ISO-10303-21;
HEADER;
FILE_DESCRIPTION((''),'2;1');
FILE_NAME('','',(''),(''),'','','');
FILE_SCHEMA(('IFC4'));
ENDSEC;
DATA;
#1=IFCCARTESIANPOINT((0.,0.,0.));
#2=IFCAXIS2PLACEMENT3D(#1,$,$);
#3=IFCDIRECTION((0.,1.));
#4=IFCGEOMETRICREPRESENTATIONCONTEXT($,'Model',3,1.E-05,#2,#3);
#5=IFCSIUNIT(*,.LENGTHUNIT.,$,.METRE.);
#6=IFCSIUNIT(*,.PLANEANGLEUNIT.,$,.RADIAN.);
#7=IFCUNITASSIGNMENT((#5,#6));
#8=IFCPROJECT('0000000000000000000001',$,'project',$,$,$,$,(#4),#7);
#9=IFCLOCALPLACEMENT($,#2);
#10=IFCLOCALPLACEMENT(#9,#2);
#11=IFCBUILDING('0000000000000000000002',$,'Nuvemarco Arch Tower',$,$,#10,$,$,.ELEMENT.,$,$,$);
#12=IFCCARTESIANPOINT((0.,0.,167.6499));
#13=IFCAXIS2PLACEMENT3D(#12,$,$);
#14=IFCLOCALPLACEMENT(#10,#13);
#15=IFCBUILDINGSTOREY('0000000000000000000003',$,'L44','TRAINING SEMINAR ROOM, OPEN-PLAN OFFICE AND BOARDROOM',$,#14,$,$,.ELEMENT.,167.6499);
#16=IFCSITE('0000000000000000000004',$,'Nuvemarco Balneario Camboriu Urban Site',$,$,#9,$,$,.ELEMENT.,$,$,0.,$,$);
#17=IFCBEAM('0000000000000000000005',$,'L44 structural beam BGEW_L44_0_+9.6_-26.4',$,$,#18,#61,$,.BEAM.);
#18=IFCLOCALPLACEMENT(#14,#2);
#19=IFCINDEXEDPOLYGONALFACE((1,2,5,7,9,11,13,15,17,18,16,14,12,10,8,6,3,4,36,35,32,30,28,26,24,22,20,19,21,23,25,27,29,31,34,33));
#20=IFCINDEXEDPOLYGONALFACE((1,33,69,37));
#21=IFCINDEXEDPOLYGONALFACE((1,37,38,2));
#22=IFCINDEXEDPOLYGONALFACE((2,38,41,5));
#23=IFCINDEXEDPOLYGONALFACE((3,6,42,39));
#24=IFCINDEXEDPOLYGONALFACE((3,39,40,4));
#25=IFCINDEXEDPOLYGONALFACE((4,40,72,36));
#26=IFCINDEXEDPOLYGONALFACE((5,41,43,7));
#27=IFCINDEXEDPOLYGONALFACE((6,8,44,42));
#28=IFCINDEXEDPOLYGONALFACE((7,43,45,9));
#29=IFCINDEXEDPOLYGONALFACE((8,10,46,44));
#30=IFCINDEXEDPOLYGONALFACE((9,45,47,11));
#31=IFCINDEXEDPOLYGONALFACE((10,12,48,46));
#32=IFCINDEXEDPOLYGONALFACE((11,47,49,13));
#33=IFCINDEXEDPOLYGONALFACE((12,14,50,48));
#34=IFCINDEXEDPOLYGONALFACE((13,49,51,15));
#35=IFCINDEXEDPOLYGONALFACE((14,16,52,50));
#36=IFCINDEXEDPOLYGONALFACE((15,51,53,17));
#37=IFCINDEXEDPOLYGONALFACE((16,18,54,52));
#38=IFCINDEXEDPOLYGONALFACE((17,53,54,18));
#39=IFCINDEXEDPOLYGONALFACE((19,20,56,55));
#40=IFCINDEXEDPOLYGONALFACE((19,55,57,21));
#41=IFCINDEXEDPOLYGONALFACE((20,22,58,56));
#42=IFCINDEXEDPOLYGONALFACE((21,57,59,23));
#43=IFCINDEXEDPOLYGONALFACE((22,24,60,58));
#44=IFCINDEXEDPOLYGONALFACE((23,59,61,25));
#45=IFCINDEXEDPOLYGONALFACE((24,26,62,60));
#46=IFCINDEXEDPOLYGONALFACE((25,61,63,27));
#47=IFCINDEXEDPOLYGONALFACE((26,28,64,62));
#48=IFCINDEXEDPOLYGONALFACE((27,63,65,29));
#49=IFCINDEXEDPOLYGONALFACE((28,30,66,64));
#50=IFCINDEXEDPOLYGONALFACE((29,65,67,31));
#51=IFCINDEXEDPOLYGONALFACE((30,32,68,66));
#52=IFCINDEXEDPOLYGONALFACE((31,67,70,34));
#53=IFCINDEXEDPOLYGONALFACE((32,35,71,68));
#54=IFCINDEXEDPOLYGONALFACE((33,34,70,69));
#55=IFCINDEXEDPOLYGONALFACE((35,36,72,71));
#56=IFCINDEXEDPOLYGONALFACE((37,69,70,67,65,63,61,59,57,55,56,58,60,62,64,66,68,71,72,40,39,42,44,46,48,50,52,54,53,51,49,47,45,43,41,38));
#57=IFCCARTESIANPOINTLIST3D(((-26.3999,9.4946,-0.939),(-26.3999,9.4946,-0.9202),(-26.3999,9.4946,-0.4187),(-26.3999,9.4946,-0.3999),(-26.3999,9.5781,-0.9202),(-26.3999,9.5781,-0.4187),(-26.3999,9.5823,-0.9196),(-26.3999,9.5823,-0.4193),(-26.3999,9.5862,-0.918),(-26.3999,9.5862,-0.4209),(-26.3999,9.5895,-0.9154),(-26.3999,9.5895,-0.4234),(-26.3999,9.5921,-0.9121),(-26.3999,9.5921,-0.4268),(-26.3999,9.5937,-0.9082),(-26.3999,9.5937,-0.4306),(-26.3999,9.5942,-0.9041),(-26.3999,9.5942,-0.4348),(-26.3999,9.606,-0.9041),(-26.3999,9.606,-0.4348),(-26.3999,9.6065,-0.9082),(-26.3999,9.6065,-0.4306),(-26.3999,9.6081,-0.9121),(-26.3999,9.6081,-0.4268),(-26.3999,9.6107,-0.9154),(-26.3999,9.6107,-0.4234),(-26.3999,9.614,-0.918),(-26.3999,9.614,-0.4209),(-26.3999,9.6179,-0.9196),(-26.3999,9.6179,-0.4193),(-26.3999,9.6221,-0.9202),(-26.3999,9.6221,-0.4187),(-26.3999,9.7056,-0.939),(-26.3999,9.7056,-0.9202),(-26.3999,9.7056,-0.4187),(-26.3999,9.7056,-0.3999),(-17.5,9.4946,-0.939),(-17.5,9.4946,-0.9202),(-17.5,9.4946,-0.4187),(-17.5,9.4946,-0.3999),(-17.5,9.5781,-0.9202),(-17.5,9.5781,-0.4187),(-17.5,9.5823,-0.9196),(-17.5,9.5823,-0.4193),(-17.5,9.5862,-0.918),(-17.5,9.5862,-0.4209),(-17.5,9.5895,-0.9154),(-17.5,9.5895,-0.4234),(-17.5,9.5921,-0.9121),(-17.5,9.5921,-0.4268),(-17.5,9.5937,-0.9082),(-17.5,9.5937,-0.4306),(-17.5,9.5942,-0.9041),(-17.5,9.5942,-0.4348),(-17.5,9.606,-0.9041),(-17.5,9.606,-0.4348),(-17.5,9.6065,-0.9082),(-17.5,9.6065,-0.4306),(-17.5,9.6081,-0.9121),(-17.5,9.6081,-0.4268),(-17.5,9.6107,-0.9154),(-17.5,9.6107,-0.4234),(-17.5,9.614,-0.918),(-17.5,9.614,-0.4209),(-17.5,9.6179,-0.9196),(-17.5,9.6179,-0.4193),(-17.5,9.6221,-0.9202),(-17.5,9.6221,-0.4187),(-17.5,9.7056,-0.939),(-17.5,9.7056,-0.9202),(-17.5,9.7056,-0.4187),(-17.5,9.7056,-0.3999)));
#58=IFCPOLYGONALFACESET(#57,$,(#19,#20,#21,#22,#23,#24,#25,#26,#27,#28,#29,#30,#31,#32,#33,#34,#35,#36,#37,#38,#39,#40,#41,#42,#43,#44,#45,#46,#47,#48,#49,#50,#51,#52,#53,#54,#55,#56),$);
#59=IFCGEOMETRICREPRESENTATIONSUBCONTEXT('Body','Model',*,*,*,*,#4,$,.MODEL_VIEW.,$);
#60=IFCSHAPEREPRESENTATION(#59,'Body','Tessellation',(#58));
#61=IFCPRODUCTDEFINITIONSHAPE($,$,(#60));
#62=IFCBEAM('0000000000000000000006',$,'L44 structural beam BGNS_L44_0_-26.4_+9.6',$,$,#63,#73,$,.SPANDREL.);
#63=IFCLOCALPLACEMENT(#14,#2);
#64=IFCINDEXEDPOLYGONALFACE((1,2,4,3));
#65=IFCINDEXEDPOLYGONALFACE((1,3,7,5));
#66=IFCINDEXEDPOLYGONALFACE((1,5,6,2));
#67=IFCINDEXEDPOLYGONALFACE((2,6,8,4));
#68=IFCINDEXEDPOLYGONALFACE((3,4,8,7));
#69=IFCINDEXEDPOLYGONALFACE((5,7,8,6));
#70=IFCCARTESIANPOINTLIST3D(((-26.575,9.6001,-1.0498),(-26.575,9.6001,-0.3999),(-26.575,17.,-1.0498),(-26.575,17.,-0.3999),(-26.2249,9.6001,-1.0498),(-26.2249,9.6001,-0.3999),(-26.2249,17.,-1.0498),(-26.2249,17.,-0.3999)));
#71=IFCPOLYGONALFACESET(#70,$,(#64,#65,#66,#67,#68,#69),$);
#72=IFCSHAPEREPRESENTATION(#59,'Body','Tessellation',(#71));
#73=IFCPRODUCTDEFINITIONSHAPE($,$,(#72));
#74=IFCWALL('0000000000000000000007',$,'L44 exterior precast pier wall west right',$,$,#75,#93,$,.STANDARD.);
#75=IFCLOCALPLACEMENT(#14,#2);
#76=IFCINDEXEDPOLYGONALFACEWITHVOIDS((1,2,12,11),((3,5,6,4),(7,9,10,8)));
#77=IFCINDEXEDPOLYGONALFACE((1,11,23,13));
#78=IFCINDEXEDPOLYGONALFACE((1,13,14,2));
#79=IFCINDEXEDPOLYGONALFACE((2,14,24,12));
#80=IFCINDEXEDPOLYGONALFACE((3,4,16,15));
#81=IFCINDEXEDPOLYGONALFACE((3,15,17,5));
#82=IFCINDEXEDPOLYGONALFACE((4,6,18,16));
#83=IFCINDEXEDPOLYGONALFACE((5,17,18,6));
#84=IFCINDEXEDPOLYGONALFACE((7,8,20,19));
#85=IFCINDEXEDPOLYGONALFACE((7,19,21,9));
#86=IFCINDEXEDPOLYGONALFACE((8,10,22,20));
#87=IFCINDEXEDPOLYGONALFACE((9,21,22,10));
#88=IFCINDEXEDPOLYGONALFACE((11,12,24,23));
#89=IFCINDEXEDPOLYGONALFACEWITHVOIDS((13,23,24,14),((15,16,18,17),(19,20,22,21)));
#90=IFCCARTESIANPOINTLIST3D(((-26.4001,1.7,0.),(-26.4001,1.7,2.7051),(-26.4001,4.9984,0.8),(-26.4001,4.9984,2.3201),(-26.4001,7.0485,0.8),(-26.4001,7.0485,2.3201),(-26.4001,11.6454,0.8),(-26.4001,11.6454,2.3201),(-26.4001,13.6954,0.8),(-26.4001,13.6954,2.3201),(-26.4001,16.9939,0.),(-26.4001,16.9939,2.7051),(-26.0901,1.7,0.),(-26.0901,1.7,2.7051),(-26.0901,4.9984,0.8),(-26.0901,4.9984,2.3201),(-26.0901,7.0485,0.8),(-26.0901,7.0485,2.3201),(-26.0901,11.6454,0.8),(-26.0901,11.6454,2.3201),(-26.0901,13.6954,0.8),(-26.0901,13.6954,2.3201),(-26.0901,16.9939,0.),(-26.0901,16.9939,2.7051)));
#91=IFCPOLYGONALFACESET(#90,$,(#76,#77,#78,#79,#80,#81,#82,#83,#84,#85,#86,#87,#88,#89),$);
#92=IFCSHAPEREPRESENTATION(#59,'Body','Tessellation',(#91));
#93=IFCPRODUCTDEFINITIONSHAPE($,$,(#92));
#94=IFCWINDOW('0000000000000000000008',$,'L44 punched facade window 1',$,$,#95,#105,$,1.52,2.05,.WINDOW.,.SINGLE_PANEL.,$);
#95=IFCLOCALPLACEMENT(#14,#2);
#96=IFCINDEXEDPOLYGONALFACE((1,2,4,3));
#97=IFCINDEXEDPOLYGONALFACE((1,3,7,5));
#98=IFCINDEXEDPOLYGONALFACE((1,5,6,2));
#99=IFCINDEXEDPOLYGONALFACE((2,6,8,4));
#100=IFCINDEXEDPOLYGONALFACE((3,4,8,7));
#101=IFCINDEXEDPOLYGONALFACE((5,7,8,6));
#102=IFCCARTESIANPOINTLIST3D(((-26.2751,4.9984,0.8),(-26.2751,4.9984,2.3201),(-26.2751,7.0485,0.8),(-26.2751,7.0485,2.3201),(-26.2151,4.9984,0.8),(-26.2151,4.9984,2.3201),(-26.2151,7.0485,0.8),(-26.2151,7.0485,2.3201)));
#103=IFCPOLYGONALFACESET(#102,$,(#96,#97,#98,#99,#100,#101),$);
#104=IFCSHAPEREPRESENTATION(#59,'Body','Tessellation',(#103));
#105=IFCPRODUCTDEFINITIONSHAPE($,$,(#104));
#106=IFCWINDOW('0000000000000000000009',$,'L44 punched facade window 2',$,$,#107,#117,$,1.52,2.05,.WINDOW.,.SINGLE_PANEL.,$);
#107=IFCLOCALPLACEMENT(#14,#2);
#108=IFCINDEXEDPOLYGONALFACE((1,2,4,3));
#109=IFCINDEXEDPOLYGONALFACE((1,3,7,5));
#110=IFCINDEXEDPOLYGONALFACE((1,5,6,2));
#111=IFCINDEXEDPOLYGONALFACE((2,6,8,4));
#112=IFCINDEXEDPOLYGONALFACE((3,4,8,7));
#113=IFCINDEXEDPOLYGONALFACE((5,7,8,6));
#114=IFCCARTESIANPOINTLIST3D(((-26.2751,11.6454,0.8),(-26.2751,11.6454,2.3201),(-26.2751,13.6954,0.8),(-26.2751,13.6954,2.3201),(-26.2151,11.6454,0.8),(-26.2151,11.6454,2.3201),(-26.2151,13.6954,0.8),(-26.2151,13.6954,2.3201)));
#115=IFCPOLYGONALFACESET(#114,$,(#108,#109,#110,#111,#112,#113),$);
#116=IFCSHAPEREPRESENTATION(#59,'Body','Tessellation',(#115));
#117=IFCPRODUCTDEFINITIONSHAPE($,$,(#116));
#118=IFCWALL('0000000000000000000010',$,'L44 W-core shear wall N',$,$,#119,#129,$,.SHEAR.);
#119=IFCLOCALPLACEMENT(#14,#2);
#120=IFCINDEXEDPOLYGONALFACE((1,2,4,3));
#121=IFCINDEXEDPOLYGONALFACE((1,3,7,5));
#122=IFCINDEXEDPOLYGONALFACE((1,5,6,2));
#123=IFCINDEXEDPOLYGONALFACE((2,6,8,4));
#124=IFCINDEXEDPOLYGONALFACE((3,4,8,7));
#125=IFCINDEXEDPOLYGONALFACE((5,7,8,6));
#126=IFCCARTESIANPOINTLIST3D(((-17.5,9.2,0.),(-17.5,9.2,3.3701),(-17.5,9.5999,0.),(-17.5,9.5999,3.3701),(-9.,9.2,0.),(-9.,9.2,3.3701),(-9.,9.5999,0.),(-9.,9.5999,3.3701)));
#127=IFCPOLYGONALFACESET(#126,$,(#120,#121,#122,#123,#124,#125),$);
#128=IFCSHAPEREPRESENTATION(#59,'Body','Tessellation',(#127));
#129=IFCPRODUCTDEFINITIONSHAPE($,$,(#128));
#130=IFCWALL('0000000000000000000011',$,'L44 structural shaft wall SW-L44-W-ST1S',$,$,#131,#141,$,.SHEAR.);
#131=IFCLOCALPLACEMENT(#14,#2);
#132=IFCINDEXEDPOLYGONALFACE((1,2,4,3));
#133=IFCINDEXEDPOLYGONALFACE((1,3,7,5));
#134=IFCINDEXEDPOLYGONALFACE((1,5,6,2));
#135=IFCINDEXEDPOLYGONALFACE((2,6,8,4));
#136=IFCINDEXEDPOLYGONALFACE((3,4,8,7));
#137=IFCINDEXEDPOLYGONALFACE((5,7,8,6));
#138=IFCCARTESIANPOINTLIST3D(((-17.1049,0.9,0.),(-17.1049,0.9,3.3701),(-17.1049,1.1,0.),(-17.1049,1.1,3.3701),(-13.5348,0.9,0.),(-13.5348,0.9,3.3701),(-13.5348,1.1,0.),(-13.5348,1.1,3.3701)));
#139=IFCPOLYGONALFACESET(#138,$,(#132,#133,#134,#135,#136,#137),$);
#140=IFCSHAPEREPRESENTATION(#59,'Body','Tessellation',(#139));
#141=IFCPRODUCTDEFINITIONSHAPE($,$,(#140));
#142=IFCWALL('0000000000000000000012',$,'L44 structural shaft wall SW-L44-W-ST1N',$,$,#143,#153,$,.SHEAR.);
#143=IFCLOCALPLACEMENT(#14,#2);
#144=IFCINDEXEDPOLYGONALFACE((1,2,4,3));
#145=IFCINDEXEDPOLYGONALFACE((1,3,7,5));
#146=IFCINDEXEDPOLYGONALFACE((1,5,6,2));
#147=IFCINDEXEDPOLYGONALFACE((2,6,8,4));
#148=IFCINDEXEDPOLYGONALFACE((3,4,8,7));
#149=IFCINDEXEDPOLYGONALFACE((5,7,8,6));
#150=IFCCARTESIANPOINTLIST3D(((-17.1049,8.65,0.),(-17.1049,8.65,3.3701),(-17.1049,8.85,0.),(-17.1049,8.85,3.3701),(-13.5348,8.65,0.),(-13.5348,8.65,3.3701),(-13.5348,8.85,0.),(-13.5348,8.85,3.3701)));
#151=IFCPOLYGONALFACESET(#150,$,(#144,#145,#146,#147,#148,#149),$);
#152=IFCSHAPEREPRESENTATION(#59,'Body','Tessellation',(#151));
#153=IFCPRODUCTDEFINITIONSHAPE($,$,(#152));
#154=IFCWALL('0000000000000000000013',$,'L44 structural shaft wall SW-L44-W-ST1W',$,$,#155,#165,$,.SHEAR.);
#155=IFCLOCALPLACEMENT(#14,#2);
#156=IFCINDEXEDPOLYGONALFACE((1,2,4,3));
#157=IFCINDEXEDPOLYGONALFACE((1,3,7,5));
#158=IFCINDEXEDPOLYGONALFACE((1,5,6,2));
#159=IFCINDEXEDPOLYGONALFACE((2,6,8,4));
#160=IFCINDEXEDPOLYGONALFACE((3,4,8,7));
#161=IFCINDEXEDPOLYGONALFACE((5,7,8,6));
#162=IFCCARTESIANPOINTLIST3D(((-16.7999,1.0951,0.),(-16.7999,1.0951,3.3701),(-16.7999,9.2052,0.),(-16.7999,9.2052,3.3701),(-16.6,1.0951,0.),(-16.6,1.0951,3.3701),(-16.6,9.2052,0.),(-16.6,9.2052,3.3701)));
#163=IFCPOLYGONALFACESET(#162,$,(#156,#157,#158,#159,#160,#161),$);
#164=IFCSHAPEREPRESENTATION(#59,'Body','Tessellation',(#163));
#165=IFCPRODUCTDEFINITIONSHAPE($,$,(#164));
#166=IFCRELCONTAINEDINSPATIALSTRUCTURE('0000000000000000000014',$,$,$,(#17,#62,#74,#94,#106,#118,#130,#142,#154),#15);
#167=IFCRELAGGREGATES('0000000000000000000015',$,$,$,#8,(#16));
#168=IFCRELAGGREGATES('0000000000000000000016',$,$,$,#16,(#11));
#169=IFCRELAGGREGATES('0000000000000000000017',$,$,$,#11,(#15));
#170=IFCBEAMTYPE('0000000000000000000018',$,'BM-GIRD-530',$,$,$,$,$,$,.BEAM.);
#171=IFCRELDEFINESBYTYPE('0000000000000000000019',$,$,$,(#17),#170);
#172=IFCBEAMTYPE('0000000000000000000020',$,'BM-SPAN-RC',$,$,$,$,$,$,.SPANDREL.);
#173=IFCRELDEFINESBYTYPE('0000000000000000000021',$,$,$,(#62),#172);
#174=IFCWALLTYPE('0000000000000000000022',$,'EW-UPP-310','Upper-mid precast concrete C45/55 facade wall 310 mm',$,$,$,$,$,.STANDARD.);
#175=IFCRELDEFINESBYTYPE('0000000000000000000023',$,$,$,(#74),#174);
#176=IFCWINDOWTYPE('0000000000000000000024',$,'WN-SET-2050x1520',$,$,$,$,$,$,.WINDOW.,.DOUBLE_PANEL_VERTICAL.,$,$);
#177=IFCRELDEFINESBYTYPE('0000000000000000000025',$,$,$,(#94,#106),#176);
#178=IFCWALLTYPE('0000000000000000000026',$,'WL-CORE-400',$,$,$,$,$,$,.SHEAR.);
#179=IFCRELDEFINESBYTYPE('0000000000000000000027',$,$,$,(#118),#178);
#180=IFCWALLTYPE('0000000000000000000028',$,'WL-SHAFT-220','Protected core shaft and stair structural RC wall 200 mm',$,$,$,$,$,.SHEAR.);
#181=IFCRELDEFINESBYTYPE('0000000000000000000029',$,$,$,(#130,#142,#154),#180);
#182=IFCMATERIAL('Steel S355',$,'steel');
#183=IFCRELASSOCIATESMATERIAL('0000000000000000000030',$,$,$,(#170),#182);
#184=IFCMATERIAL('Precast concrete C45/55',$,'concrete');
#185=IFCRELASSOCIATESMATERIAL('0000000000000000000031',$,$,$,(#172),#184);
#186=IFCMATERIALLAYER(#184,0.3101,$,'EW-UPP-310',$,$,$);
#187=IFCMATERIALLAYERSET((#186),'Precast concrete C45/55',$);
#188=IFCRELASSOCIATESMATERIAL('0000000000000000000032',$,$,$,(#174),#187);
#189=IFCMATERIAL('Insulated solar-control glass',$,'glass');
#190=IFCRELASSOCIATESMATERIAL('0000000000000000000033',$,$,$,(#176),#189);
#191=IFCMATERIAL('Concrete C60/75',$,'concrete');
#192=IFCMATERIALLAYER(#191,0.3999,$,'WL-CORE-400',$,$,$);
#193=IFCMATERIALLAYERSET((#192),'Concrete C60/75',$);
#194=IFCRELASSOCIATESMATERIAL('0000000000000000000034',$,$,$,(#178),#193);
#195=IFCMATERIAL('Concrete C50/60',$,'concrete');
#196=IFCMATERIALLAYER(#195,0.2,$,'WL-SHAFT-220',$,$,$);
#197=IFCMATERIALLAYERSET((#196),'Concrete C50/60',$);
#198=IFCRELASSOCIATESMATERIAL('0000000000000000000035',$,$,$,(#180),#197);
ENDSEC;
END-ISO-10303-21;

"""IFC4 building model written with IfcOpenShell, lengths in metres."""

from ifc_helpers import new_model, si_unit, direction, frame, frame_2d, origin, origin_2d, place, context, subcontext, project, spatial, rectangle, i_section, extrude, source, transform, mapped, material, layer, layer_set, material_profile, profile_set, type_object, type_shapes, element, fill, save


model = new_model("IFC4")

# Units and contexts
model_context = context("Model", 3, precision=1e-05, world=origin(), true_north=direction((0.0, 1.0)))
body_context = subcontext(model_context, "Body", "Model", "MODEL_VIEW")
ifc_project = project(units=[si_unit("LENGTHUNIT", "METRE"), si_unit("PLANEANGLEUNIT", "RADIAN")], contexts=[model_context])

# Site, building, storey
site_placement = place(None, origin())
site = spatial("IfcSite", under=ifc_project, at=site_placement, Name="Nuvemarco Balneario Camboriu Urban Site", CompositionType="ELEMENT", RefElevation=0.0)
building_placement = place(site_placement, origin())
building = spatial("IfcBuilding", under=site, at=building_placement, Name="Nuvemarco Arch Tower", CompositionType="ELEMENT")
storey_placement = place(building_placement, frame((0.0, 0.0, 167.6499)))
storey = spatial("IfcBuildingStorey", under=building, at=storey_placement, Name="L44", Description="TRAINING SEMINAR ROOM, OPEN-PLAN OFFICE AND BOARDROOM", CompositionType="ELEMENT", Elevation=167.6499)

# Shared definitions
ifc_material_1 = material(Name="Concrete C50/60", Category="concrete")
ifc_material_2 = material(Name="Steel S355", Category="steel")

# Beams
ifc_material_profile_1 = material_profile(ifc_material_2, i_section(OverallWidth=0.2109, OverallDepth=0.5391, WebThickness=0.0117, FlangeThickness=0.0188, FilletRadius=0.0161, at=origin_2d()), Name="W530x109")
ifc_profile_set_1 = profile_set([ifc_material_profile_1], Name="Steel S355")
beam_type_1 = type_object("IfcBeamType", Name="BM-GIRD-530", PredefinedType="BEAM", material=ifc_profile_set_1)
beam_1_placement = place(storey_placement, frame((-26.3999, 9.6001, -0.6694), z_axis=(1.0, 0.0, 0.0), x_axis=(0.0, 1.0, 0.0)))
element("IfcBeam", 1, at=beam_1_placement, inside=storey, type_object=beam_type_1, Name="L44 structural beam BGEW_L44_0_+9.6_-26.4", PredefinedType="BEAM", context=body_context, shape_type="SweptSolid", body=[
    extrude(i_section(OverallWidth=0.2109, OverallDepth=0.5391, WebThickness=0.0117, FlangeThickness=0.0188, FilletRadius=0.0161, at=origin_2d()), origin(), (0.0, 0.0, 1.0), 8.8999),
])
ifc_material_3 = material(Name="Precast concrete C45/55", Category="concrete")
ifc_material_profile_2 = material_profile(ifc_material_3, rectangle(XDim=0.3501, YDim=0.6499, at=origin_2d()), Name="PC-SP-350x650")
ifc_profile_set_2 = profile_set([ifc_material_profile_2], Name="Precast concrete C45/55")
beam_type_2 = type_object("IfcBeamType", Name="BM-SPAN-RC", PredefinedType="SPANDREL", material=ifc_profile_set_2)
beam_2_placement = place(storey_placement, frame((-26.3999, 9.6001, -0.7249), z_axis=(0.0, 1.0, 0.0), x_axis=(-1.0, 0.0, 0.0)))
element("IfcBeam", 2, at=beam_2_placement, inside=storey, type_object=beam_type_2, Name="L44 structural beam BGNS_L44_0_-26.4_+9.6", PredefinedType="SPANDREL", context=body_context, shape_type="SweptSolid", body=[
    extrude(rectangle(XDim=0.3501, YDim=0.6499, at=origin_2d()), origin(), (0.0, 0.0, 1.0), 7.3999),
])

# Wall, openings, windows
ifc_layer_1 = layer(ifc_material_3, 0.3101, Name="EW-UPP-310")
ifc_layer_set_1 = layer_set([ifc_layer_1], Name="Precast concrete C45/55")
wall_type_1 = type_object("IfcWallType", Name="EW-UPP-310", Description="Upper-mid precast concrete C45/55 facade wall 310 mm", PredefinedType="STANDARD", material=ifc_layer_set_1)
wall_1_placement = place(storey_placement, frame((-26.2451, 1.7, 0.0), z_axis=(0.0, 0.0, 1.0), x_axis=(0.0, 1.0, 0.0)))
wall_1 = element("IfcWall", 3, at=wall_1_placement, inside=storey, type_object=wall_type_1, Name="L44 exterior precast pier wall west right", PredefinedType="STANDARD", context=body_context, shape_type="SweptSolid", body=[
    extrude(rectangle(XDim=15.2939, YDim=0.3101, at=frame_2d((7.647, 0.0))), origin(), (0.0, 0.0, 1.0), 2.7051),
])
opening_1_placement = place(wall_1_placement, frame((3.2986, 0.0, 0.8)))
opening_1 = element("IfcOpeningElement", 4, at=opening_1_placement, cuts=wall_1, PredefinedType="OPENING", context=body_context, shape_type="SweptSolid", body=[
    extrude(rectangle(XDim=2.05, YDim=1.52, at=frame_2d((1.0249, 0.76))), frame((0.0, 0.165, 0.0), z_axis=(0.0, -1.0, 0.0), x_axis=(1.0, 0.0, 0.0)), (0.0, 0.0, 1.0), 0.3301),
])
opening_2_placement = place(wall_1_placement, frame((9.9456, 0.0, 0.8)))
opening_2 = element("IfcOpeningElement", 5, at=opening_2_placement, cuts=wall_1, PredefinedType="OPENING", context=body_context, shape_type="SweptSolid", body=[
    extrude(rectangle(XDim=2.05, YDim=1.52, at=frame_2d((1.0249, 0.76))), frame((0.0, 0.165, 0.0), z_axis=(0.0, -1.0, 0.0), x_axis=(1.0, 0.0, 0.0)), (0.0, 0.0, 1.0), 0.3301),
])
ifc_material_4 = material(Name="Insulated solar-control glass", Category="glass")
window_type = type_object("IfcWindowType", Name="WN-SET-2050x1520", PartitioningType="DOUBLE_PANEL_VERTICAL", PredefinedType="WINDOW", material=ifc_material_4)
shared_shape_1 = source(origin(), body_context, "Body", "SweptSolid", [
    extrude(rectangle(XDim=2.05, YDim=1.52, at=frame_2d((1.0249, 0.76))), frame((0.0, 0.03, 0.0), z_axis=(0.0, -1.0, 0.0), x_axis=(1.0, 0.0, 0.0)), (0.0, 0.0, 1.0), 0.0601),
])
type_shapes(window_type, [shared_shape_1])
window_1_placement = place(opening_1_placement, origin())
window_1 = element("IfcWindow", 6, at=window_1_placement, inside=storey, type_object=window_type, Name="L44 punched facade window 1", OverallHeight=1.52, OverallWidth=2.05, PartitioningType="SINGLE_PANEL", PredefinedType="WINDOW", context=body_context, shape_type="MappedRepresentation", body=[
    mapped(shared_shape_1, transform((0.0, 0.0, 0.0), scale=1.0)),
])
fill(opening_1, window_1)
window_2_placement = place(opening_2_placement, origin())
window_2 = element("IfcWindow", 7, at=window_2_placement, inside=storey, type_object=window_type, Name="L44 punched facade window 2", OverallHeight=1.52, OverallWidth=2.05, PartitioningType="SINGLE_PANEL", PredefinedType="WINDOW", context=body_context, shape_type="MappedRepresentation", body=[
    mapped(shared_shape_1, transform((0.0, 0.0, 0.0), scale=1.0)),
])
fill(opening_2, window_2)

# Walls
ifc_material_5 = material(Name="Concrete C60/75", Category="concrete")
ifc_layer_2 = layer(ifc_material_5, 0.3999, Name="WL-CORE-400")
ifc_layer_set_2 = layer_set([ifc_layer_2], Name="Concrete C60/75")
wall_type_2 = type_object("IfcWallType", Name="WL-CORE-400", PredefinedType="SHEAR", material=ifc_layer_set_2)
wall_2_placement = place(storey_placement, frame((-17.5, 9.3999, 0.0), z_axis=(0.0, 0.0, 1.0), x_axis=(1.0, 0.0, 0.0)))
element("IfcWall", 8, at=wall_2_placement, inside=storey, type_object=wall_type_2, Name="L44 W-core shear wall N", PredefinedType="SHEAR", context=body_context, shape_type="SweptSolid", body=[
    extrude(rectangle(XDim=8.5, YDim=0.3999, at=frame_2d((4.25, 0.0))), origin(), (0.0, 0.0, 1.0), 3.3701),
])
ifc_layer_3 = layer(ifc_material_1, 0.2, Name="WL-SHAFT-220")
ifc_layer_set_3 = layer_set([ifc_layer_3], Name="Concrete C50/60")
wall_type_3 = type_object("IfcWallType", Name="WL-SHAFT-220", Description="Protected core shaft and stair structural RC wall 200 mm", PredefinedType="SHEAR", material=ifc_layer_set_3)
for number, where, z_axis, x_axis, name in (
    (9, (-17.105, 1.0, 0.0), (0.0, 0.0, 1.0), (1.0, 0.0, 0.0), "L44 structural shaft wall SW-L44-W-ST1S"),
    (10, (-17.105, 8.75, 0.0), (0.0, 0.0, 1.0), (1.0, 0.0, 0.0), "L44 structural shaft wall SW-L44-W-ST1N"),
):
    element("IfcWall", number, at=place(storey_placement, frame(where, z_axis=z_axis, x_axis=x_axis)), inside=storey, type_object=wall_type_3, Name=name, PredefinedType="SHEAR", context=body_context, shape_type="SweptSolid", body=[
        extrude(rectangle(XDim=3.5701, YDim=0.2, at=frame_2d((1.7852, 0.0))), origin(), (0.0, 0.0, 1.0), 3.3701),
    ])
wall_3_placement = place(storey_placement, frame((-16.7, 1.095, 0.0), z_axis=(0.0, 0.0, 1.0), x_axis=(0.0, 1.0, 0.0)))
element("IfcWall", 11, at=wall_3_placement, inside=storey, type_object=wall_type_3, Name="L44 structural shaft wall SW-L44-W-ST1W", PredefinedType="SHEAR", context=body_context, shape_type="SweptSolid", body=[
    extrude(rectangle(XDim=8.1101, YDim=0.2, at=frame_2d((4.0552, 0.0))), origin(), (0.0, 0.0, 1.0), 3.3701),
])

save(model, "model.ifc")
